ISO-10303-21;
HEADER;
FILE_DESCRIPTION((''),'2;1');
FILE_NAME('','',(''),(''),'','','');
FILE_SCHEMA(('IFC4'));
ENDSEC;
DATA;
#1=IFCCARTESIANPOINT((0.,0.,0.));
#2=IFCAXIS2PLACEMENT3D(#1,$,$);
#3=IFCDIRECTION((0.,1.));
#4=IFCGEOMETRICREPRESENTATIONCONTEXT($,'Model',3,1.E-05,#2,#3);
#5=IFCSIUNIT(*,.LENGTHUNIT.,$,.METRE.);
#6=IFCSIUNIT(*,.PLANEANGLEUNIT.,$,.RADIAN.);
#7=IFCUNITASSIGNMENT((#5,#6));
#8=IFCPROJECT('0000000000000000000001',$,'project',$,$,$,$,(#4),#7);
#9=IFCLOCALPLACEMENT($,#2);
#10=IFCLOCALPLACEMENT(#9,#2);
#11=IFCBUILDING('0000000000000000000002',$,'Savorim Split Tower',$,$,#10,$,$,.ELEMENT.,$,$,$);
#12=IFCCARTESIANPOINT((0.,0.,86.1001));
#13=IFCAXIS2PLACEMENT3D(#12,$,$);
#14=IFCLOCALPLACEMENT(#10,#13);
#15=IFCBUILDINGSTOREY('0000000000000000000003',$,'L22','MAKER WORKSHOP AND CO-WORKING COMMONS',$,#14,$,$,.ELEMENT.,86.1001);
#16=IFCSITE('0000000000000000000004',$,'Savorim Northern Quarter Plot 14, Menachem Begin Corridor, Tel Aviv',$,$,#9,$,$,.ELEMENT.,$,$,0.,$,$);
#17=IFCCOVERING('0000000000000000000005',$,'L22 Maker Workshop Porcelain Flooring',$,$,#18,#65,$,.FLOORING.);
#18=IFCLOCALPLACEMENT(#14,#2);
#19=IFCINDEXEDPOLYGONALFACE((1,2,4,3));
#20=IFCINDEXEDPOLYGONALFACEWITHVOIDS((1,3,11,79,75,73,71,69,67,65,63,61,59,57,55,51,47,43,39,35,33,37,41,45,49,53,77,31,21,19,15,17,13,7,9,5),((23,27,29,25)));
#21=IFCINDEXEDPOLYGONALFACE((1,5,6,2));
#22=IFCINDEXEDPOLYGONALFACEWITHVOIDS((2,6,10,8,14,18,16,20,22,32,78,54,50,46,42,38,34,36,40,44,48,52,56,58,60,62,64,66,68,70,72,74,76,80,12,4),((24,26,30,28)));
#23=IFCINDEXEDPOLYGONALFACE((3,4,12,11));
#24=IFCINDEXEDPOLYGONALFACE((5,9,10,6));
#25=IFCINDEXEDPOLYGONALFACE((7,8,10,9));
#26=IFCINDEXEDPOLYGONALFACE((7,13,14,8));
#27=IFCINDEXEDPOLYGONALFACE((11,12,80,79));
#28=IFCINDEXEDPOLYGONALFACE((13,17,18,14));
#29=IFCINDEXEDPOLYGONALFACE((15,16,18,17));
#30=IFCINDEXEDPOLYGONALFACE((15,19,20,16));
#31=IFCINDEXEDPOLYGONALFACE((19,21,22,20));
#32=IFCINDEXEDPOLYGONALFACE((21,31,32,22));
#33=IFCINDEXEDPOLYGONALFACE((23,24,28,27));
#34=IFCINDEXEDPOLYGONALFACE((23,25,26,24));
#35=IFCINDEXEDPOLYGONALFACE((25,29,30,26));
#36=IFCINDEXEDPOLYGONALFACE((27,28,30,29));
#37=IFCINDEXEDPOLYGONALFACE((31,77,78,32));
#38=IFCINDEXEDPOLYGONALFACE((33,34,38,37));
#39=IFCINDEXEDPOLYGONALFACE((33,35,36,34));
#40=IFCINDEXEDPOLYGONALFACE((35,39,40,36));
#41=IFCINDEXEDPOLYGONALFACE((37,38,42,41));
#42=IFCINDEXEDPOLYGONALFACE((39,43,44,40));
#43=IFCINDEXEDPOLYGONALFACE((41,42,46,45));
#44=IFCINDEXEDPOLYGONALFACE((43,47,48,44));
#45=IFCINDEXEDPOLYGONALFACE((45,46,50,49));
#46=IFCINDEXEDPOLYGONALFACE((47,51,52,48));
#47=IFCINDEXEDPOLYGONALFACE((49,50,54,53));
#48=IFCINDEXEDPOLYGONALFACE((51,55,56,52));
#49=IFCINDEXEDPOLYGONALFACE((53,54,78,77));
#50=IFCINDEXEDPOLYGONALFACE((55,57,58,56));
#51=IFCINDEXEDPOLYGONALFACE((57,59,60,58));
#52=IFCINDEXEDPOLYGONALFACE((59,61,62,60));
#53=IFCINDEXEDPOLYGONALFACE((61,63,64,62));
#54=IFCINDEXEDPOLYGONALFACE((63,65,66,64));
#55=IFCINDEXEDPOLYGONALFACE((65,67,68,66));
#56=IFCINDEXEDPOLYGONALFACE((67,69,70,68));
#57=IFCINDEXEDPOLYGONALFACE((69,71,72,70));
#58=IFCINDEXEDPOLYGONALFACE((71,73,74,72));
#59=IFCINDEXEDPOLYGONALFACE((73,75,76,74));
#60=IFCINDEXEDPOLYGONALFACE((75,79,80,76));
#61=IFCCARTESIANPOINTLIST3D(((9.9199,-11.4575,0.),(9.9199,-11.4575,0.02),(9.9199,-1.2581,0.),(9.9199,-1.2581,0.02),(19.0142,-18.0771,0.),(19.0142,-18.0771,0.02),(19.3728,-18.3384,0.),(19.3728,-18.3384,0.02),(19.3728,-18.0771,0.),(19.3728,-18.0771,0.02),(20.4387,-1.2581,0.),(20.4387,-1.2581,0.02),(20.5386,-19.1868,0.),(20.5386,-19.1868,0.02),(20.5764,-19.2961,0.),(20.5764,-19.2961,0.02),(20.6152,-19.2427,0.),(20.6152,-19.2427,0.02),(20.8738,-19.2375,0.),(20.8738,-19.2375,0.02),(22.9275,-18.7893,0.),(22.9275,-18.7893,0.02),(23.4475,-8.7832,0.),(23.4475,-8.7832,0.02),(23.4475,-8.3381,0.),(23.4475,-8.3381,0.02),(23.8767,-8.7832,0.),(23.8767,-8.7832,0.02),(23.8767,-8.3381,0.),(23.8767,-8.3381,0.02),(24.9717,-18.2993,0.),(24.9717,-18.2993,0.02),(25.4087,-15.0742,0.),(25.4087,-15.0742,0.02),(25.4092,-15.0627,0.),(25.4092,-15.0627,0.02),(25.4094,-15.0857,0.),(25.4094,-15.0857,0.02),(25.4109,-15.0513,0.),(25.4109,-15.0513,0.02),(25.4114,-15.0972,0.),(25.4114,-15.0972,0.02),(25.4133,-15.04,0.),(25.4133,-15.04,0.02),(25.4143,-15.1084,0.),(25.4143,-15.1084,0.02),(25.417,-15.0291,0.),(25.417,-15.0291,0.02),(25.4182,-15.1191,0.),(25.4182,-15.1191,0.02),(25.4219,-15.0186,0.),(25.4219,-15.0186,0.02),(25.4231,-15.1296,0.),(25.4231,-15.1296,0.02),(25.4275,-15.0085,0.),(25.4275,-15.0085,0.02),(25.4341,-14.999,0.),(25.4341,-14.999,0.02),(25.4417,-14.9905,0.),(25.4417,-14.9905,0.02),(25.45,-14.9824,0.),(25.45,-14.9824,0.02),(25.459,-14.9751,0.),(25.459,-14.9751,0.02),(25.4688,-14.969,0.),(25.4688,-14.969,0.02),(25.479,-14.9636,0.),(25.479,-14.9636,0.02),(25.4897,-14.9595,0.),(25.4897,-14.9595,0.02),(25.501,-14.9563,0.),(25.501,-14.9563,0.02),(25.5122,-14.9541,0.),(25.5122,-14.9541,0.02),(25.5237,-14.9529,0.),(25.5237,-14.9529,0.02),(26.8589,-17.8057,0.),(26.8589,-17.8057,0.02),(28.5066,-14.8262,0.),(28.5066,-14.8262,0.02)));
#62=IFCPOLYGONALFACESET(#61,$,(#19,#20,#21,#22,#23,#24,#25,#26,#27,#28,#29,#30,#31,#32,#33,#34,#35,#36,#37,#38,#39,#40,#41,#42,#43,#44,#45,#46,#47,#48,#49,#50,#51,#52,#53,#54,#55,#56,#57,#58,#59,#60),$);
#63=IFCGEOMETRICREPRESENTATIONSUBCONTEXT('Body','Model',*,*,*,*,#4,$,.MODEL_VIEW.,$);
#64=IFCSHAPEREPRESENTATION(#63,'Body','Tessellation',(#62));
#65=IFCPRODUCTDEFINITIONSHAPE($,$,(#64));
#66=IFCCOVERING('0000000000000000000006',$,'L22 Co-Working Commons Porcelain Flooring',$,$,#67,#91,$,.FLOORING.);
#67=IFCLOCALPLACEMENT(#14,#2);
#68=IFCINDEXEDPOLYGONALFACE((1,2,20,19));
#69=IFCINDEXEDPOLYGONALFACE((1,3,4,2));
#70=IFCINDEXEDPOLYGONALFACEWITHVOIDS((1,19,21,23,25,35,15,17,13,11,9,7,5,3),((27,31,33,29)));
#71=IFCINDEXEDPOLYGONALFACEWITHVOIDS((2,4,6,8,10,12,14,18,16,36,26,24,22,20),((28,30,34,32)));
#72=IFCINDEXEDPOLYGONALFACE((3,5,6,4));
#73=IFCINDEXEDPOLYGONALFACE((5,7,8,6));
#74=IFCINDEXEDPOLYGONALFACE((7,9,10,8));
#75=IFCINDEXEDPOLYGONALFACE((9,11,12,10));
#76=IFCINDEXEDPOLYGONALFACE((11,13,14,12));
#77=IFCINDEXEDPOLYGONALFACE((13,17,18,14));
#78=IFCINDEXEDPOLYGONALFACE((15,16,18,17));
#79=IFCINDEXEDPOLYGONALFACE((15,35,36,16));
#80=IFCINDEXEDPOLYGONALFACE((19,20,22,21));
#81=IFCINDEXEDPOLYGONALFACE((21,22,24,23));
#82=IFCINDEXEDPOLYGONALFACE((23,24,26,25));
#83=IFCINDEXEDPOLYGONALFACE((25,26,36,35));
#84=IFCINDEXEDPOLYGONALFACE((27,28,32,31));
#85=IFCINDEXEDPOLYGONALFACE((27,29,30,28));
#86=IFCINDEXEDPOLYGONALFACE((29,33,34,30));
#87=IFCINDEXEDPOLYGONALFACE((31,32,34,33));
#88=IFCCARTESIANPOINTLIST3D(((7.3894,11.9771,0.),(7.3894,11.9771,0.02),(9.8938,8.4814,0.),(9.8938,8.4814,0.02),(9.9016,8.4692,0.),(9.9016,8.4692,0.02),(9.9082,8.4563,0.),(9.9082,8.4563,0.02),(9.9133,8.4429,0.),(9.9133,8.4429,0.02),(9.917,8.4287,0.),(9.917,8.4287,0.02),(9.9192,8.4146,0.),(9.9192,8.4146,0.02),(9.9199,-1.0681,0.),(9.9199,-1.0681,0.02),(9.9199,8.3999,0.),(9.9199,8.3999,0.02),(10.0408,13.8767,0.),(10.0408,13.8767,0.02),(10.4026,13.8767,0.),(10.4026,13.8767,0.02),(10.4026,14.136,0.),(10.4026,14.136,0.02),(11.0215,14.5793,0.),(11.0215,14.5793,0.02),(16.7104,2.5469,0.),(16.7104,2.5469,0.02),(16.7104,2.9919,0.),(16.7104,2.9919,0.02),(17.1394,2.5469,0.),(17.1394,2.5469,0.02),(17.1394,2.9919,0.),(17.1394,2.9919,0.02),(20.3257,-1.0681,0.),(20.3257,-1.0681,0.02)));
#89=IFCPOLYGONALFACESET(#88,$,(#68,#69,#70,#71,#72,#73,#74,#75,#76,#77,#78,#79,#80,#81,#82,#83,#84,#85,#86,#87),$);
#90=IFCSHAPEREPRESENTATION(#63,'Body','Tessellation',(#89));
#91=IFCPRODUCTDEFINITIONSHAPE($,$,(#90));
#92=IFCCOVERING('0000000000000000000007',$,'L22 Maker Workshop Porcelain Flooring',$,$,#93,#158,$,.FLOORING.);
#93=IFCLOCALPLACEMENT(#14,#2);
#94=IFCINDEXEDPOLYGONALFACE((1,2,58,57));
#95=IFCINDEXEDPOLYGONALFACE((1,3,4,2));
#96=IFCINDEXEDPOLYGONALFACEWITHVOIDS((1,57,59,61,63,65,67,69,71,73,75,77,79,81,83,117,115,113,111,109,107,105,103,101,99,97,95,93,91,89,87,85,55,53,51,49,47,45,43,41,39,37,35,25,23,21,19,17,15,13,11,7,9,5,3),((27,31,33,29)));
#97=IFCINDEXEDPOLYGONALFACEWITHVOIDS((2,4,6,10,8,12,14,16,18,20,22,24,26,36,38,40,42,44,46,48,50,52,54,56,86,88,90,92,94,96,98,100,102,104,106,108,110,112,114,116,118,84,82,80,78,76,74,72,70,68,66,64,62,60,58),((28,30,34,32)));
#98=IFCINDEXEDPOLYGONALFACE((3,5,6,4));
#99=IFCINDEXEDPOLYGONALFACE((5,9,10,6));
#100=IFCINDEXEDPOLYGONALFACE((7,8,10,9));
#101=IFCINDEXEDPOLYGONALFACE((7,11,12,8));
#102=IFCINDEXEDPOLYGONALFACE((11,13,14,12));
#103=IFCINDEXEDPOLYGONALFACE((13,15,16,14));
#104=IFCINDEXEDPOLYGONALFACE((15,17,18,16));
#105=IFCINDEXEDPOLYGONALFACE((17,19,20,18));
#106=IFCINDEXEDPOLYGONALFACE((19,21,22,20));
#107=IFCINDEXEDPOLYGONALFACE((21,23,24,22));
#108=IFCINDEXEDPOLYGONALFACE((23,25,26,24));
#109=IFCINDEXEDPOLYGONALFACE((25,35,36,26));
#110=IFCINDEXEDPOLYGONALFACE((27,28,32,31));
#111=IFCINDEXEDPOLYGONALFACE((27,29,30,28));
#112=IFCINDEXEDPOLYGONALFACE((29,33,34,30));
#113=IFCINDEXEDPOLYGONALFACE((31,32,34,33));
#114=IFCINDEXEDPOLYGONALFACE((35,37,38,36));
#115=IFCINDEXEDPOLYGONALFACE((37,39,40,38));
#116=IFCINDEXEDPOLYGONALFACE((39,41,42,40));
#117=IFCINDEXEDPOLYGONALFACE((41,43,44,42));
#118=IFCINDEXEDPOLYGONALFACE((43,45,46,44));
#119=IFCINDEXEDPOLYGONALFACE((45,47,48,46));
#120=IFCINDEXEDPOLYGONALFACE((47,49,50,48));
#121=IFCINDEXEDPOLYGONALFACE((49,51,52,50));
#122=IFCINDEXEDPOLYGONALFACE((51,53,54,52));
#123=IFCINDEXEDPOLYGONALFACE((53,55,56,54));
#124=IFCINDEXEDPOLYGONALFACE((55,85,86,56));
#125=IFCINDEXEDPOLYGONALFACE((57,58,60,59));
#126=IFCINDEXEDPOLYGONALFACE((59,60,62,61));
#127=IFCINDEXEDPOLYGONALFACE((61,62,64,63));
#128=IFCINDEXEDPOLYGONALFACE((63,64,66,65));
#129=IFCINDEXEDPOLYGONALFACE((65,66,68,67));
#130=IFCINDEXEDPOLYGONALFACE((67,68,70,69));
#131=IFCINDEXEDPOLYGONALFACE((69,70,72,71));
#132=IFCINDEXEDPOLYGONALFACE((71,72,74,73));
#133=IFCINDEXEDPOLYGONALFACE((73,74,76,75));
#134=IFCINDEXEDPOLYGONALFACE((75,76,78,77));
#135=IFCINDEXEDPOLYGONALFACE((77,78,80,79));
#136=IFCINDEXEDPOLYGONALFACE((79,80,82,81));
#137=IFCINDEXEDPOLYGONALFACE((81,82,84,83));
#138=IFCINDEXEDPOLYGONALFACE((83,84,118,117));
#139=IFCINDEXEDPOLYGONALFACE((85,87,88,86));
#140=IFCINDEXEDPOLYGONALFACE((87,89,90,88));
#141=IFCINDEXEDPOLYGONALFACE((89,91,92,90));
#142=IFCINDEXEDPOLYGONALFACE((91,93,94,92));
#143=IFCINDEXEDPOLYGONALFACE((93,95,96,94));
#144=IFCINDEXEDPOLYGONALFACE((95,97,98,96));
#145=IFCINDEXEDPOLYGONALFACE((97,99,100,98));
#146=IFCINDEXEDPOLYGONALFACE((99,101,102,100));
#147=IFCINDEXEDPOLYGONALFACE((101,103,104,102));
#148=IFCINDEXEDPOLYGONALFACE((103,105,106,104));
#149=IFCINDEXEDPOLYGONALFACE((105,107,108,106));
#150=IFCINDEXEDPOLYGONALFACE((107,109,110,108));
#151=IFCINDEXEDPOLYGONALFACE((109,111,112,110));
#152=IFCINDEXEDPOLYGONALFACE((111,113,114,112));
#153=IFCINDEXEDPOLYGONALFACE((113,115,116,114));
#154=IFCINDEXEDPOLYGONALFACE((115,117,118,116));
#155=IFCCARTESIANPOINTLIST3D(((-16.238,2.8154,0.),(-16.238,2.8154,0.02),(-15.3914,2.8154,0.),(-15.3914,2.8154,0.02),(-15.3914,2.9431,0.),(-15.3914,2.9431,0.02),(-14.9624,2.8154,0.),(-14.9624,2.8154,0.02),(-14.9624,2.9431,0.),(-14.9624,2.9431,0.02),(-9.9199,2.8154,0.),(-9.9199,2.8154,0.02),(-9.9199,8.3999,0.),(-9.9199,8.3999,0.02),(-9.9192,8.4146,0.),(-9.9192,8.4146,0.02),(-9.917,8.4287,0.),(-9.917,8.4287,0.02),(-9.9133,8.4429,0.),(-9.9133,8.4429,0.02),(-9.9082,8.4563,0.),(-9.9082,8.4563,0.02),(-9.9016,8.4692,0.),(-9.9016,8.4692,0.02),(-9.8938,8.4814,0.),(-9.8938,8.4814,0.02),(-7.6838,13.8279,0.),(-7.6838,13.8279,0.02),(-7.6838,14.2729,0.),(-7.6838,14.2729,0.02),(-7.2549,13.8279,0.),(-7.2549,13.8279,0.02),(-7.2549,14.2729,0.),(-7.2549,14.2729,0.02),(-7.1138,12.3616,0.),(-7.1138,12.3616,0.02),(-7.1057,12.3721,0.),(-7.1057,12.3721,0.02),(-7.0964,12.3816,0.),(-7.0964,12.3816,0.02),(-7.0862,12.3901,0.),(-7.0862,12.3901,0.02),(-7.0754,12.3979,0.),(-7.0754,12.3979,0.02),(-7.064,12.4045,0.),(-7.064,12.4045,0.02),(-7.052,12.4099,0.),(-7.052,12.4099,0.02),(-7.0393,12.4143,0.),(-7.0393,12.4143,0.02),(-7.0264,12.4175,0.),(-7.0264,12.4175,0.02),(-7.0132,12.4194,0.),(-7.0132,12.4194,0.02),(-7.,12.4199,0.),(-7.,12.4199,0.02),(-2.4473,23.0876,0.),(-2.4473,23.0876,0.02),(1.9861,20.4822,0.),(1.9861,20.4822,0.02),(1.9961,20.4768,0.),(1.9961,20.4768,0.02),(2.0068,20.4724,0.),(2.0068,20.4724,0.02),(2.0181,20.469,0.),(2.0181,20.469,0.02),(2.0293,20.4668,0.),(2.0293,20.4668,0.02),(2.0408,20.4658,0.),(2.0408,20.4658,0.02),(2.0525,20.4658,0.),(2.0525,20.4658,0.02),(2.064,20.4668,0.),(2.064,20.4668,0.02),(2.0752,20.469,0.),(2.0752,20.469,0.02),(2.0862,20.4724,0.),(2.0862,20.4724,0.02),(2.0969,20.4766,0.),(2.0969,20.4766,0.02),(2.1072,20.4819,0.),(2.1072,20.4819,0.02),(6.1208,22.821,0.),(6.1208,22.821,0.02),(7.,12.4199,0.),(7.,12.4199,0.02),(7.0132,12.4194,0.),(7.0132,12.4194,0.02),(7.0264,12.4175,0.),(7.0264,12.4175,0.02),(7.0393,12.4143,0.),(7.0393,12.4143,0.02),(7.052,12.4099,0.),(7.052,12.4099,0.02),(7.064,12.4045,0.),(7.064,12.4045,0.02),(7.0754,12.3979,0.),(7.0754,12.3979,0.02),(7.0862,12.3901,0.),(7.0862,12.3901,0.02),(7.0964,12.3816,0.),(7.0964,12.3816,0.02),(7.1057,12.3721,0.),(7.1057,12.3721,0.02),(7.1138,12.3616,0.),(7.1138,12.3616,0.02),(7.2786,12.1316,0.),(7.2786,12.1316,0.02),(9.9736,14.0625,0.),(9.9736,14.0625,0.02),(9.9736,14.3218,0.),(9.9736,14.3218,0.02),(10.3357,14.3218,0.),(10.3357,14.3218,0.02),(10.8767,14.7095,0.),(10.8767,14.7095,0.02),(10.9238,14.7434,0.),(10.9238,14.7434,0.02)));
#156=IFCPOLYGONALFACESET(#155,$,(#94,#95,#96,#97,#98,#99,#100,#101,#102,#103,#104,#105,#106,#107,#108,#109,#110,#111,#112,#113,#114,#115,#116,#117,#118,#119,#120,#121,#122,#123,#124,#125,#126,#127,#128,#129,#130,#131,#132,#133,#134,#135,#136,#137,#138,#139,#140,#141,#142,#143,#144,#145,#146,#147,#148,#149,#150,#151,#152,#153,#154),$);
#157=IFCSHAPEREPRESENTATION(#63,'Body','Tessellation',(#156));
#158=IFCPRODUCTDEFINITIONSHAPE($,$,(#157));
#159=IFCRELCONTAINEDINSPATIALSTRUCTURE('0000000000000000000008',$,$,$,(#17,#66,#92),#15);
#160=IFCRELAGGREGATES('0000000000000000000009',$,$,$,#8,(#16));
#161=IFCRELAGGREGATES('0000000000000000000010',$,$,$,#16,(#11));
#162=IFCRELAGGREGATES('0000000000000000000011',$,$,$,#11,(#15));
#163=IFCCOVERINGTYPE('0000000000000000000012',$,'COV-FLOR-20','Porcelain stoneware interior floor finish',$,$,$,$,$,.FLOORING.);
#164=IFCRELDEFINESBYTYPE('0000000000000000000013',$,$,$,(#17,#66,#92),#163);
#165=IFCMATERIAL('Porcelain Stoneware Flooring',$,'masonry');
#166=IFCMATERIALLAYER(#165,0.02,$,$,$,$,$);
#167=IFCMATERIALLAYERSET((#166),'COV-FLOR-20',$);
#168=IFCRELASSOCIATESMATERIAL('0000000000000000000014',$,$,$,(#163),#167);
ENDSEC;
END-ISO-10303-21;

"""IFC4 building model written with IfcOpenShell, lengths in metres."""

from ifc_helpers import new_model, si_unit, direction, frame, origin, place, context, subcontext, project, spatial, polyline, outline, extrude, material, layer, layer_set, type_object, element, save


model = new_model("IFC4")

# Units and contexts
model_context = context("Model", 3, precision=1e-05, world=origin(), true_north=direction((0.0, 1.0)))
body_context = subcontext(model_context, "Body", "Model", "MODEL_VIEW")
ifc_project = project(units=[si_unit("LENGTHUNIT", "METRE"), si_unit("PLANEANGLEUNIT", "RADIAN")], contexts=[model_context])

# Site, building, storey
site_placement = place(None, origin())
site = spatial("IfcSite", under=ifc_project, at=site_placement, Name="Savorim Northern Quarter Plot 14, Menachem Begin Corridor, Tel Aviv", CompositionType="ELEMENT", RefElevation=0.0)
building_placement = place(site_placement, origin())
building = spatial("IfcBuilding", under=site, at=building_placement, Name="Savorim Split Tower", CompositionType="ELEMENT")
storey_placement = place(building_placement, frame((0.0, 0.0, 86.1001)))
storey = spatial("IfcBuildingStorey", under=building, at=storey_placement, Name="L22", Description="MAKER WORKSHOP AND CO-WORKING COMMONS", CompositionType="ELEMENT", Elevation=86.1001)

# Coverings
ifc_material_1 = material(Name="Porcelain Stoneware Flooring", Category="masonry")
ifc_layer_1 = layer(ifc_material_1, 0.02)
ifc_layer_set_1 = layer_set([ifc_layer_1], Name="COV-FLOR-20")
covering_type_1 = type_object("IfcCoveringType", Name="COV-FLOR-20", Description="Porcelain stoneware interior floor finish", PredefinedType="FLOORING", material=ifc_layer_set_1)
covering_1_placement = place(storey_placement, origin())
element("IfcCovering", 1, at=covering_1_placement, inside=storey, type_object=covering_type_1, Name="L22 Maker Workshop Porcelain Flooring", PredefinedType="FLOORING", context=body_context, shape_type="SweptSolid", body=[
    extrude(outline(polyline([(25.501, -14.9563), (25.5122, -14.9541), (25.5237, -14.9529), (28.5066, -14.8262), (20.4387, -1.2581), (9.9199, -1.2581), (9.9199, -11.4575), (19.0142, -18.0771), (19.3728, -18.0771), (19.3728, -18.3384), (20.5386, -19.1868), (20.6152, -19.2427), (20.5764, -19.2961), (20.8738, -19.2375), (22.9275, -18.7893), (24.9717, -18.2993), (26.8589, -17.8057), (25.4231, -15.1296), (25.4182, -15.1191), (25.4143, -15.1084), (25.4114, -15.0972), (25.4094, -15.0857), (25.4087, -15.0742), (25.4092, -15.0627), (25.4109, -15.0513), (25.4133, -15.04), (25.417, -15.0291), (25.4219, -15.0186), (25.4275, -15.0085), (25.4341, -14.999), (25.4417, -14.9905), (25.45, -14.9824), (25.459, -14.9751), (25.4688, -14.969), (25.479, -14.9636), (25.4897, -14.9595), (25.501, -14.9563)]), holes=[polyline([(23.8767, -8.7832), (23.8767, -8.3381), (23.4475, -8.3381), (23.4475, -8.7832), (23.8767, -8.7832)])]), origin(), (0.0, 0.0, 1.0), 0.02),
])
covering_2_placement = place(storey_placement, origin())
element("IfcCovering", 2, at=covering_2_placement, inside=storey, type_object=covering_type_1, Name="L22 Co-Working Commons Porcelain Flooring", PredefinedType="FLOORING", context=body_context, shape_type="SweptSolid", body=[
    extrude(outline(polyline([(9.917, 8.4287), (9.9192, 8.4146), (9.9199, 8.3999), (9.9199, -1.0681), (20.3257, -1.0681), (11.0215, 14.5793), (10.4026, 14.136), (10.4026, 13.8767), (10.0408, 13.8767), (7.3894, 11.9771), (9.8938, 8.4814), (9.9016, 8.4692), (9.9082, 8.4563), (9.9133, 8.4429), (9.917, 8.4287)]), holes=[polyline([(17.1394, 2.5469), (17.1394, 2.9919), (16.7104, 2.9919), (16.7104, 2.5469), (17.1394, 2.5469)])]), origin(), (0.0, 0.0, 1.0), 0.02),
])
covering_3_placement = place(storey_placement, origin())
element("IfcCovering", 3, at=covering_3_placement, inside=storey, type_object=covering_type_1, Name="L22 Maker Workshop Porcelain Flooring", PredefinedType="FLOORING", context=body_context, shape_type="SweptSolid", body=[
    extrude(outline(polyline([(2.0068, 20.4724), (1.9961, 20.4768), (1.9861, 20.4822), (-2.4473, 23.0876), (-16.238, 2.8154), (-15.3914, 2.8154), (-15.3914, 2.9431), (-14.9624, 2.9431), (-14.9624, 2.8154), (-9.9199, 2.8154), (-9.9199, 8.3999), (-9.9192, 8.4146), (-9.917, 8.4287), (-9.9133, 8.4429), (-9.9082, 8.4563), (-9.9016, 8.4692), (-9.8938, 8.4814), (-7.1138, 12.3616), (-7.1057, 12.3721), (-7.0964, 12.3816), (-7.0862, 12.3901), (-7.0754, 12.3979), (-7.064, 12.4045), (-7.052, 12.4099), (-7.0393, 12.4143), (-7.0264, 12.4175), (-7.0132, 12.4194), (-7.0, 12.4199), (7.0, 12.4199), (7.0132, 12.4194), (7.0264, 12.4175), (7.0393, 12.4143), (7.052, 12.4099), (7.064, 12.4045), (7.0754, 12.3979), (7.0862, 12.3901), (7.0964, 12.3816), (7.1057, 12.3721), (7.1138, 12.3616), (7.2786, 12.1316), (9.9736, 14.0625), (9.9736, 14.3218), (10.3357, 14.3218), (10.8767, 14.7095), (10.9238, 14.7434), (6.1208, 22.821), (2.1072, 20.4819), (2.0969, 20.4766), (2.0862, 20.4724), (2.0752, 20.469), (2.064, 20.4668), (2.0525, 20.4658), (2.0408, 20.4658), (2.0293, 20.4668), (2.0181, 20.469), (2.0068, 20.4724)]), holes=[polyline([(-7.2549, 14.2729), (-7.6838, 14.2729), (-7.6838, 13.8279), (-7.2549, 13.8279), (-7.2549, 14.2729)])]), origin(), (0.0, 0.0, 1.0), 0.02),
])

save(model, "model.ifc")
